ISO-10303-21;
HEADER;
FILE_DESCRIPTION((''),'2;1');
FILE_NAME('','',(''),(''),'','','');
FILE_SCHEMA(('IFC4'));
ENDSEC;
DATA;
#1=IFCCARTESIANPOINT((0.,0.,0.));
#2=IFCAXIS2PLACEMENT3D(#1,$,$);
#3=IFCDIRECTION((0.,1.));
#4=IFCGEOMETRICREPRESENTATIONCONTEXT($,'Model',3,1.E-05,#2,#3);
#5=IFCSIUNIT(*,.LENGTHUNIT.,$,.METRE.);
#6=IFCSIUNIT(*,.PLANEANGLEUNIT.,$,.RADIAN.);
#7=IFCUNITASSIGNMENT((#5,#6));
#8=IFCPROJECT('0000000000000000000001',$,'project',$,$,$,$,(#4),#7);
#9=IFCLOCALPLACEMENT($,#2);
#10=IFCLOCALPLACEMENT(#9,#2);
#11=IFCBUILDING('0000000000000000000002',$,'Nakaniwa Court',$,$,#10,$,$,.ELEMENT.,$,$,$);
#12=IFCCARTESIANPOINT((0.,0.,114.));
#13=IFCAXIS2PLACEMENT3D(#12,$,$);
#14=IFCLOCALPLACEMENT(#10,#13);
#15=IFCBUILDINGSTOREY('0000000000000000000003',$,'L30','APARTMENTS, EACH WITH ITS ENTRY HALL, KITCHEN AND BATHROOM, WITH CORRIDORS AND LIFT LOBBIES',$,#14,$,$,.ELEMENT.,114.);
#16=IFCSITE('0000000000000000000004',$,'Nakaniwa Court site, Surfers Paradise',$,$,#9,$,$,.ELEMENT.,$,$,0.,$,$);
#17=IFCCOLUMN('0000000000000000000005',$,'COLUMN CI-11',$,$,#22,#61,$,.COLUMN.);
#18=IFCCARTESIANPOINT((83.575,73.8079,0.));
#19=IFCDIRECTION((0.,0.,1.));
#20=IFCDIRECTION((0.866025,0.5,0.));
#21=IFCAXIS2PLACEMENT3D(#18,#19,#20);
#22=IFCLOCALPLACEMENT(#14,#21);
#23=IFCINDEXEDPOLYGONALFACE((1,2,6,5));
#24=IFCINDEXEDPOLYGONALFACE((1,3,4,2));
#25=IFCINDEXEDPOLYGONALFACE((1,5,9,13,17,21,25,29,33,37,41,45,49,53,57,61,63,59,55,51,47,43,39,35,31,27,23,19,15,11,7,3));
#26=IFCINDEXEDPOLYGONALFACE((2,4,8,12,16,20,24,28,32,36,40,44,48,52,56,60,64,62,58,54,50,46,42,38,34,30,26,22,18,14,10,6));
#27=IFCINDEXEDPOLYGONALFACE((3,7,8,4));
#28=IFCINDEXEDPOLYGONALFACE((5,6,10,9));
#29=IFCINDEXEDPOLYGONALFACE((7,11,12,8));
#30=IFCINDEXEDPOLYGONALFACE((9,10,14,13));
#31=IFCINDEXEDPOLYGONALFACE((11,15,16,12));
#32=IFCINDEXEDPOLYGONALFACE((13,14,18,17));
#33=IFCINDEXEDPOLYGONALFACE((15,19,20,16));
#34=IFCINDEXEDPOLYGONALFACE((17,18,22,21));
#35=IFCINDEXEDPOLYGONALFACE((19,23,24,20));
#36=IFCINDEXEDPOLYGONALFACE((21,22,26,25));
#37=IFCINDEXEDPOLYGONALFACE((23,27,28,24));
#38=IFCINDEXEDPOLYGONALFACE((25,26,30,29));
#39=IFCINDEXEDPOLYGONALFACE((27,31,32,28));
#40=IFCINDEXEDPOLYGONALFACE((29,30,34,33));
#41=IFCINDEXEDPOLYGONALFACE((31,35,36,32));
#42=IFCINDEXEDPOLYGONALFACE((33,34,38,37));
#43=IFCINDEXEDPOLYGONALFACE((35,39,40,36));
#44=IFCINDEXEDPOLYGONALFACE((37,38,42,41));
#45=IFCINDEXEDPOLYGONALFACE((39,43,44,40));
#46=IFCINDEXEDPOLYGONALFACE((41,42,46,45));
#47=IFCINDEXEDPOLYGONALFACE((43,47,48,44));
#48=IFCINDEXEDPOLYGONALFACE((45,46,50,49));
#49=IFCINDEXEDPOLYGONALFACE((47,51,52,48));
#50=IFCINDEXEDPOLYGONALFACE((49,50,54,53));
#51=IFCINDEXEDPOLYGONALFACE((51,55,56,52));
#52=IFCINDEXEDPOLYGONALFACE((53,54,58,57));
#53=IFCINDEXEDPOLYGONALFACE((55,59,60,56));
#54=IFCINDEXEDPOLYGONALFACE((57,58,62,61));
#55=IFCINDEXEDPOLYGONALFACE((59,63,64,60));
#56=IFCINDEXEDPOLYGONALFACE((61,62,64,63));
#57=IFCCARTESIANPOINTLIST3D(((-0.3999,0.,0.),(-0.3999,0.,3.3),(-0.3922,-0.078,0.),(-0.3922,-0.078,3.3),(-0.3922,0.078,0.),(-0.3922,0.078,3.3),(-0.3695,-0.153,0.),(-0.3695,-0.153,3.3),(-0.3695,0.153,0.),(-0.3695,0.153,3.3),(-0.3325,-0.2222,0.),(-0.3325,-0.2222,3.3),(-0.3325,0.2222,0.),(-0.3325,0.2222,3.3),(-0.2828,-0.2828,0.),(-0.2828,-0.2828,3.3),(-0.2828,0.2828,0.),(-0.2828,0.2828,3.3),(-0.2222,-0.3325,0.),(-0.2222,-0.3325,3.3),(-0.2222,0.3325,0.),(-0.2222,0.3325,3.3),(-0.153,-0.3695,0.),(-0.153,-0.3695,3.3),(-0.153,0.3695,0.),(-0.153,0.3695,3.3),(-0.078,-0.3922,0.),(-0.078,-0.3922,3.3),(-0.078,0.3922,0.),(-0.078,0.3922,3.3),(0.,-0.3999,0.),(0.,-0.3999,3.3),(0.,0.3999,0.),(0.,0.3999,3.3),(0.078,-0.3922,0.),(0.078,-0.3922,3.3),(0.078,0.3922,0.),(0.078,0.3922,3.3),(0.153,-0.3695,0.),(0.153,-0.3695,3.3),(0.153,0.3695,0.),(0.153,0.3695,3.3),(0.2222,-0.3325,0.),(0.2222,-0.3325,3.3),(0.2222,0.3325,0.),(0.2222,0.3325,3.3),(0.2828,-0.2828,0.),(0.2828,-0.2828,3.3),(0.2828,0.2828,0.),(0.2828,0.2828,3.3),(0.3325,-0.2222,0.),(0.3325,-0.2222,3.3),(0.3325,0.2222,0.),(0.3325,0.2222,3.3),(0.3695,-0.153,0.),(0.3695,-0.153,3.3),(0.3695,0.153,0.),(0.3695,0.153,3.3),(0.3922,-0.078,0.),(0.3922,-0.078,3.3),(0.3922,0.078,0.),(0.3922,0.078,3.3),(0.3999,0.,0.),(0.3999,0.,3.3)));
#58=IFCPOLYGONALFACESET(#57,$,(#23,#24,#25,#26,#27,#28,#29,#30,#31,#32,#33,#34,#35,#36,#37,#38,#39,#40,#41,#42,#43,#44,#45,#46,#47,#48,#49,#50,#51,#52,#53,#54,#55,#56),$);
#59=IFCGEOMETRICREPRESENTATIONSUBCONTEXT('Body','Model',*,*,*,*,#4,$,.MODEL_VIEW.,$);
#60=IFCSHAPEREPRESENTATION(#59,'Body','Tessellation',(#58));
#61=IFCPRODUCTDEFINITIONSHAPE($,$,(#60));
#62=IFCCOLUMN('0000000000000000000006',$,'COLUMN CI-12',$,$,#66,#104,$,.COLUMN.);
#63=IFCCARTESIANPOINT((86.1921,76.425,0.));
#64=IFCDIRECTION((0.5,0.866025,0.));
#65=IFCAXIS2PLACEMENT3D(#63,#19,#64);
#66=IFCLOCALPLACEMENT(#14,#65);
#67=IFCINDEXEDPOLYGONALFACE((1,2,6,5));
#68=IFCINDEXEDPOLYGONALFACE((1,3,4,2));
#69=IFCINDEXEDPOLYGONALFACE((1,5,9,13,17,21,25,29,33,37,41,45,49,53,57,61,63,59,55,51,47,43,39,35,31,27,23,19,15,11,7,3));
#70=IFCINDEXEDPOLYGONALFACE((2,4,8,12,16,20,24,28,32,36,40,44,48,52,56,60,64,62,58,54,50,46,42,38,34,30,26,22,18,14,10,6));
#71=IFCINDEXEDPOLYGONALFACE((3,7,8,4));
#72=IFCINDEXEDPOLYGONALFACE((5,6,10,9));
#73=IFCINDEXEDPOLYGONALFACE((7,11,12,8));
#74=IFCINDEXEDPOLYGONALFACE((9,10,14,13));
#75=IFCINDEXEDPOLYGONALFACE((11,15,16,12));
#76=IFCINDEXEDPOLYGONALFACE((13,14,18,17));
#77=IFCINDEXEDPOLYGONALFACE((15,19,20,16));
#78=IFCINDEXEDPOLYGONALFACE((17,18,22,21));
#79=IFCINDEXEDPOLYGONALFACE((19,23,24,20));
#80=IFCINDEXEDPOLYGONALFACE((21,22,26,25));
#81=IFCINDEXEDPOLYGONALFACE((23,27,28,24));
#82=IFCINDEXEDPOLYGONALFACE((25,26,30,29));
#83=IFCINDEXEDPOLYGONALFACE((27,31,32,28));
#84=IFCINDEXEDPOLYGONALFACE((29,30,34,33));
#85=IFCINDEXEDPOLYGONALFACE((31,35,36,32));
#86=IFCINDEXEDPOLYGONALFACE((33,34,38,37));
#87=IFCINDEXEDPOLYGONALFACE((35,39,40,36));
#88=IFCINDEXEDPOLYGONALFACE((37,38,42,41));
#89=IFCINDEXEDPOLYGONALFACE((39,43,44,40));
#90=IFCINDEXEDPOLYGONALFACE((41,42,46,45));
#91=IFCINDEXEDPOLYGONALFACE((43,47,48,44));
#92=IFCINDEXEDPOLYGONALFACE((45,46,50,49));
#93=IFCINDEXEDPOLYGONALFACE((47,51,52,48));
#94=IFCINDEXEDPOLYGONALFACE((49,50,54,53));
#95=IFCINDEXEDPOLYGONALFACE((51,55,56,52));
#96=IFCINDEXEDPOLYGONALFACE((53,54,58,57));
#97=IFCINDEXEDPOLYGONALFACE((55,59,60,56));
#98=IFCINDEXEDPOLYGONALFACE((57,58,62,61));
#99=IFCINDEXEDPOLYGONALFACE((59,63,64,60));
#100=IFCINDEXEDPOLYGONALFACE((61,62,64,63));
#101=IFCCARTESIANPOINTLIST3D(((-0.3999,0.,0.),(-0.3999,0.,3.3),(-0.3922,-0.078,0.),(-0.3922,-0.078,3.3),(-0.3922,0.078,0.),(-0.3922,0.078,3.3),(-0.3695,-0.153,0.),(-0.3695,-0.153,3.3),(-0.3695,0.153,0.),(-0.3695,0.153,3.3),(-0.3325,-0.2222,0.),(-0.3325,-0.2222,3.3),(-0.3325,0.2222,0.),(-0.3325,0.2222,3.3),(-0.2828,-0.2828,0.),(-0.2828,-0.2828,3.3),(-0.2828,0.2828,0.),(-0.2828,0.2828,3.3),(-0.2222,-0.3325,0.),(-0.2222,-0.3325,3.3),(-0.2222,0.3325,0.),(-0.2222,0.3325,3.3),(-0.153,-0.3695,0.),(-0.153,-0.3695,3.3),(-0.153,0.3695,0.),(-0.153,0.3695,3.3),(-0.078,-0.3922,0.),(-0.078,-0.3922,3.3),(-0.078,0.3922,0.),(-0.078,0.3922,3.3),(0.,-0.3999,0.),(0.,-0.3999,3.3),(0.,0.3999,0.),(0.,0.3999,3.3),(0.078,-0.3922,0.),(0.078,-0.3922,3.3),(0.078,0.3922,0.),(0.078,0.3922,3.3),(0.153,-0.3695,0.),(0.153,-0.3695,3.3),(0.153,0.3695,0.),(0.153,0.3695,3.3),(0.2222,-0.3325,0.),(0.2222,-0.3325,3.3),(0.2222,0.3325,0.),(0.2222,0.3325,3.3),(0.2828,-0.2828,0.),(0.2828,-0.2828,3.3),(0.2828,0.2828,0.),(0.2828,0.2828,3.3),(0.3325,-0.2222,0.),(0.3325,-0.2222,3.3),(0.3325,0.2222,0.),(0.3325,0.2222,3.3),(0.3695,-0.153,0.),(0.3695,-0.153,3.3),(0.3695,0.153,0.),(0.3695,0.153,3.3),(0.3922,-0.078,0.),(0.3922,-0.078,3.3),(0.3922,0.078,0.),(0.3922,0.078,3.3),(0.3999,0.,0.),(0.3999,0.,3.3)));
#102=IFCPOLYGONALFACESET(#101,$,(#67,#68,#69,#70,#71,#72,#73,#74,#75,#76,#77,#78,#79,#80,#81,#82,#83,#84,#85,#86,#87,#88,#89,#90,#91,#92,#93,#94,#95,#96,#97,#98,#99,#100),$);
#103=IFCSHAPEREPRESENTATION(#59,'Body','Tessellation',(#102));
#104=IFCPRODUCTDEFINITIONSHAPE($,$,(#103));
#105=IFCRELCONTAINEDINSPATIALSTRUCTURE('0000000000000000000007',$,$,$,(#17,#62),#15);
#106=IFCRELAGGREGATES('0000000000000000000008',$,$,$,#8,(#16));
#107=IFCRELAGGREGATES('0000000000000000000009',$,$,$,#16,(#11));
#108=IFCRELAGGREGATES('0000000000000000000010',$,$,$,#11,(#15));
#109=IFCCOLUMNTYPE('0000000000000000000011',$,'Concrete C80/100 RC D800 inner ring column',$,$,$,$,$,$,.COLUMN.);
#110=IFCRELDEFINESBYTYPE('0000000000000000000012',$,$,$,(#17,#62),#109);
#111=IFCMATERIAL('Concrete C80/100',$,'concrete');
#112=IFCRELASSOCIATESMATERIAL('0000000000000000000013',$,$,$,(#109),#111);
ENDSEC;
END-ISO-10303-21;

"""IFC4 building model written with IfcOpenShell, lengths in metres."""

from ifc_helpers import new_model, si_unit, direction, frame, origin, origin_2d, place, context, subcontext, project, spatial, circle, extrude, material, material_profile, profile_set, type_object, element, save


model = new_model("IFC4")

# Units and contexts
model_context = context("Model", 3, precision=1e-05, world=origin(), true_north=direction((0.0, 1.0)))
body_context = subcontext(model_context, "Body", "Model", "MODEL_VIEW")
ifc_project = project(units=[si_unit("LENGTHUNIT", "METRE"), si_unit("PLANEANGLEUNIT", "RADIAN")], contexts=[model_context])

# Site, building, storey
site_placement = place(None, origin())
site = spatial("IfcSite", under=ifc_project, at=site_placement, Name="Nakaniwa Court site, Surfers Paradise", CompositionType="ELEMENT", RefElevation=0.0)
building_placement = place(site_placement, origin())
building = spatial("IfcBuilding", under=site, at=building_placement, Name="Nakaniwa Court", CompositionType="ELEMENT")
storey_placement = place(building_placement, frame((0.0, 0.0, 114.0)))
storey = spatial("IfcBuildingStorey", under=building, at=storey_placement, Name="L30", Description="APARTMENTS, EACH WITH ITS ENTRY HALL, KITCHEN AND BATHROOM, WITH CORRIDORS AND LIFT LOBBIES", CompositionType="ELEMENT", Elevation=114.0)

# Columns
ifc_material_1 = material(Name="Concrete C80/100", Category="concrete")
ifc_material_profile_1 = material_profile(ifc_material_1, circle(Radius=0.3999, at=origin_2d()), Name="Concrete C80/100 RC D800 inner ring column")
ifc_profile_set_1 = profile_set([ifc_material_profile_1], Name="Concrete C80/100")
column_type = type_object("IfcColumnType", Name="Concrete C80/100 RC D800 inner ring column", PredefinedType="COLUMN", material=ifc_profile_set_1)
for number, where, z_axis, x_axis, name in (
    (1, (83.575, 73.8079, 0.0), (0.0, 0.0, 1.0), (0.866025, 0.5, 0.0), "COLUMN CI-11"),
    (2, (86.1921, 76.425, 0.0), (0.0, 0.0, 1.0), (0.5, 0.866025, 0.0), "COLUMN CI-12"),
):
    element("IfcColumn", number, at=place(storey_placement, frame(where, z_axis=z_axis, x_axis=x_axis)), inside=storey, type_object=column_type, Name=name, PredefinedType="COLUMN", context=body_context, shape_type="SweptSolid", body=[
        extrude(circle(Radius=0.3999, at=origin_2d()), origin(), (0.0, 0.0, 1.0), 3.3),
    ])

save(model, "model.ifc")
